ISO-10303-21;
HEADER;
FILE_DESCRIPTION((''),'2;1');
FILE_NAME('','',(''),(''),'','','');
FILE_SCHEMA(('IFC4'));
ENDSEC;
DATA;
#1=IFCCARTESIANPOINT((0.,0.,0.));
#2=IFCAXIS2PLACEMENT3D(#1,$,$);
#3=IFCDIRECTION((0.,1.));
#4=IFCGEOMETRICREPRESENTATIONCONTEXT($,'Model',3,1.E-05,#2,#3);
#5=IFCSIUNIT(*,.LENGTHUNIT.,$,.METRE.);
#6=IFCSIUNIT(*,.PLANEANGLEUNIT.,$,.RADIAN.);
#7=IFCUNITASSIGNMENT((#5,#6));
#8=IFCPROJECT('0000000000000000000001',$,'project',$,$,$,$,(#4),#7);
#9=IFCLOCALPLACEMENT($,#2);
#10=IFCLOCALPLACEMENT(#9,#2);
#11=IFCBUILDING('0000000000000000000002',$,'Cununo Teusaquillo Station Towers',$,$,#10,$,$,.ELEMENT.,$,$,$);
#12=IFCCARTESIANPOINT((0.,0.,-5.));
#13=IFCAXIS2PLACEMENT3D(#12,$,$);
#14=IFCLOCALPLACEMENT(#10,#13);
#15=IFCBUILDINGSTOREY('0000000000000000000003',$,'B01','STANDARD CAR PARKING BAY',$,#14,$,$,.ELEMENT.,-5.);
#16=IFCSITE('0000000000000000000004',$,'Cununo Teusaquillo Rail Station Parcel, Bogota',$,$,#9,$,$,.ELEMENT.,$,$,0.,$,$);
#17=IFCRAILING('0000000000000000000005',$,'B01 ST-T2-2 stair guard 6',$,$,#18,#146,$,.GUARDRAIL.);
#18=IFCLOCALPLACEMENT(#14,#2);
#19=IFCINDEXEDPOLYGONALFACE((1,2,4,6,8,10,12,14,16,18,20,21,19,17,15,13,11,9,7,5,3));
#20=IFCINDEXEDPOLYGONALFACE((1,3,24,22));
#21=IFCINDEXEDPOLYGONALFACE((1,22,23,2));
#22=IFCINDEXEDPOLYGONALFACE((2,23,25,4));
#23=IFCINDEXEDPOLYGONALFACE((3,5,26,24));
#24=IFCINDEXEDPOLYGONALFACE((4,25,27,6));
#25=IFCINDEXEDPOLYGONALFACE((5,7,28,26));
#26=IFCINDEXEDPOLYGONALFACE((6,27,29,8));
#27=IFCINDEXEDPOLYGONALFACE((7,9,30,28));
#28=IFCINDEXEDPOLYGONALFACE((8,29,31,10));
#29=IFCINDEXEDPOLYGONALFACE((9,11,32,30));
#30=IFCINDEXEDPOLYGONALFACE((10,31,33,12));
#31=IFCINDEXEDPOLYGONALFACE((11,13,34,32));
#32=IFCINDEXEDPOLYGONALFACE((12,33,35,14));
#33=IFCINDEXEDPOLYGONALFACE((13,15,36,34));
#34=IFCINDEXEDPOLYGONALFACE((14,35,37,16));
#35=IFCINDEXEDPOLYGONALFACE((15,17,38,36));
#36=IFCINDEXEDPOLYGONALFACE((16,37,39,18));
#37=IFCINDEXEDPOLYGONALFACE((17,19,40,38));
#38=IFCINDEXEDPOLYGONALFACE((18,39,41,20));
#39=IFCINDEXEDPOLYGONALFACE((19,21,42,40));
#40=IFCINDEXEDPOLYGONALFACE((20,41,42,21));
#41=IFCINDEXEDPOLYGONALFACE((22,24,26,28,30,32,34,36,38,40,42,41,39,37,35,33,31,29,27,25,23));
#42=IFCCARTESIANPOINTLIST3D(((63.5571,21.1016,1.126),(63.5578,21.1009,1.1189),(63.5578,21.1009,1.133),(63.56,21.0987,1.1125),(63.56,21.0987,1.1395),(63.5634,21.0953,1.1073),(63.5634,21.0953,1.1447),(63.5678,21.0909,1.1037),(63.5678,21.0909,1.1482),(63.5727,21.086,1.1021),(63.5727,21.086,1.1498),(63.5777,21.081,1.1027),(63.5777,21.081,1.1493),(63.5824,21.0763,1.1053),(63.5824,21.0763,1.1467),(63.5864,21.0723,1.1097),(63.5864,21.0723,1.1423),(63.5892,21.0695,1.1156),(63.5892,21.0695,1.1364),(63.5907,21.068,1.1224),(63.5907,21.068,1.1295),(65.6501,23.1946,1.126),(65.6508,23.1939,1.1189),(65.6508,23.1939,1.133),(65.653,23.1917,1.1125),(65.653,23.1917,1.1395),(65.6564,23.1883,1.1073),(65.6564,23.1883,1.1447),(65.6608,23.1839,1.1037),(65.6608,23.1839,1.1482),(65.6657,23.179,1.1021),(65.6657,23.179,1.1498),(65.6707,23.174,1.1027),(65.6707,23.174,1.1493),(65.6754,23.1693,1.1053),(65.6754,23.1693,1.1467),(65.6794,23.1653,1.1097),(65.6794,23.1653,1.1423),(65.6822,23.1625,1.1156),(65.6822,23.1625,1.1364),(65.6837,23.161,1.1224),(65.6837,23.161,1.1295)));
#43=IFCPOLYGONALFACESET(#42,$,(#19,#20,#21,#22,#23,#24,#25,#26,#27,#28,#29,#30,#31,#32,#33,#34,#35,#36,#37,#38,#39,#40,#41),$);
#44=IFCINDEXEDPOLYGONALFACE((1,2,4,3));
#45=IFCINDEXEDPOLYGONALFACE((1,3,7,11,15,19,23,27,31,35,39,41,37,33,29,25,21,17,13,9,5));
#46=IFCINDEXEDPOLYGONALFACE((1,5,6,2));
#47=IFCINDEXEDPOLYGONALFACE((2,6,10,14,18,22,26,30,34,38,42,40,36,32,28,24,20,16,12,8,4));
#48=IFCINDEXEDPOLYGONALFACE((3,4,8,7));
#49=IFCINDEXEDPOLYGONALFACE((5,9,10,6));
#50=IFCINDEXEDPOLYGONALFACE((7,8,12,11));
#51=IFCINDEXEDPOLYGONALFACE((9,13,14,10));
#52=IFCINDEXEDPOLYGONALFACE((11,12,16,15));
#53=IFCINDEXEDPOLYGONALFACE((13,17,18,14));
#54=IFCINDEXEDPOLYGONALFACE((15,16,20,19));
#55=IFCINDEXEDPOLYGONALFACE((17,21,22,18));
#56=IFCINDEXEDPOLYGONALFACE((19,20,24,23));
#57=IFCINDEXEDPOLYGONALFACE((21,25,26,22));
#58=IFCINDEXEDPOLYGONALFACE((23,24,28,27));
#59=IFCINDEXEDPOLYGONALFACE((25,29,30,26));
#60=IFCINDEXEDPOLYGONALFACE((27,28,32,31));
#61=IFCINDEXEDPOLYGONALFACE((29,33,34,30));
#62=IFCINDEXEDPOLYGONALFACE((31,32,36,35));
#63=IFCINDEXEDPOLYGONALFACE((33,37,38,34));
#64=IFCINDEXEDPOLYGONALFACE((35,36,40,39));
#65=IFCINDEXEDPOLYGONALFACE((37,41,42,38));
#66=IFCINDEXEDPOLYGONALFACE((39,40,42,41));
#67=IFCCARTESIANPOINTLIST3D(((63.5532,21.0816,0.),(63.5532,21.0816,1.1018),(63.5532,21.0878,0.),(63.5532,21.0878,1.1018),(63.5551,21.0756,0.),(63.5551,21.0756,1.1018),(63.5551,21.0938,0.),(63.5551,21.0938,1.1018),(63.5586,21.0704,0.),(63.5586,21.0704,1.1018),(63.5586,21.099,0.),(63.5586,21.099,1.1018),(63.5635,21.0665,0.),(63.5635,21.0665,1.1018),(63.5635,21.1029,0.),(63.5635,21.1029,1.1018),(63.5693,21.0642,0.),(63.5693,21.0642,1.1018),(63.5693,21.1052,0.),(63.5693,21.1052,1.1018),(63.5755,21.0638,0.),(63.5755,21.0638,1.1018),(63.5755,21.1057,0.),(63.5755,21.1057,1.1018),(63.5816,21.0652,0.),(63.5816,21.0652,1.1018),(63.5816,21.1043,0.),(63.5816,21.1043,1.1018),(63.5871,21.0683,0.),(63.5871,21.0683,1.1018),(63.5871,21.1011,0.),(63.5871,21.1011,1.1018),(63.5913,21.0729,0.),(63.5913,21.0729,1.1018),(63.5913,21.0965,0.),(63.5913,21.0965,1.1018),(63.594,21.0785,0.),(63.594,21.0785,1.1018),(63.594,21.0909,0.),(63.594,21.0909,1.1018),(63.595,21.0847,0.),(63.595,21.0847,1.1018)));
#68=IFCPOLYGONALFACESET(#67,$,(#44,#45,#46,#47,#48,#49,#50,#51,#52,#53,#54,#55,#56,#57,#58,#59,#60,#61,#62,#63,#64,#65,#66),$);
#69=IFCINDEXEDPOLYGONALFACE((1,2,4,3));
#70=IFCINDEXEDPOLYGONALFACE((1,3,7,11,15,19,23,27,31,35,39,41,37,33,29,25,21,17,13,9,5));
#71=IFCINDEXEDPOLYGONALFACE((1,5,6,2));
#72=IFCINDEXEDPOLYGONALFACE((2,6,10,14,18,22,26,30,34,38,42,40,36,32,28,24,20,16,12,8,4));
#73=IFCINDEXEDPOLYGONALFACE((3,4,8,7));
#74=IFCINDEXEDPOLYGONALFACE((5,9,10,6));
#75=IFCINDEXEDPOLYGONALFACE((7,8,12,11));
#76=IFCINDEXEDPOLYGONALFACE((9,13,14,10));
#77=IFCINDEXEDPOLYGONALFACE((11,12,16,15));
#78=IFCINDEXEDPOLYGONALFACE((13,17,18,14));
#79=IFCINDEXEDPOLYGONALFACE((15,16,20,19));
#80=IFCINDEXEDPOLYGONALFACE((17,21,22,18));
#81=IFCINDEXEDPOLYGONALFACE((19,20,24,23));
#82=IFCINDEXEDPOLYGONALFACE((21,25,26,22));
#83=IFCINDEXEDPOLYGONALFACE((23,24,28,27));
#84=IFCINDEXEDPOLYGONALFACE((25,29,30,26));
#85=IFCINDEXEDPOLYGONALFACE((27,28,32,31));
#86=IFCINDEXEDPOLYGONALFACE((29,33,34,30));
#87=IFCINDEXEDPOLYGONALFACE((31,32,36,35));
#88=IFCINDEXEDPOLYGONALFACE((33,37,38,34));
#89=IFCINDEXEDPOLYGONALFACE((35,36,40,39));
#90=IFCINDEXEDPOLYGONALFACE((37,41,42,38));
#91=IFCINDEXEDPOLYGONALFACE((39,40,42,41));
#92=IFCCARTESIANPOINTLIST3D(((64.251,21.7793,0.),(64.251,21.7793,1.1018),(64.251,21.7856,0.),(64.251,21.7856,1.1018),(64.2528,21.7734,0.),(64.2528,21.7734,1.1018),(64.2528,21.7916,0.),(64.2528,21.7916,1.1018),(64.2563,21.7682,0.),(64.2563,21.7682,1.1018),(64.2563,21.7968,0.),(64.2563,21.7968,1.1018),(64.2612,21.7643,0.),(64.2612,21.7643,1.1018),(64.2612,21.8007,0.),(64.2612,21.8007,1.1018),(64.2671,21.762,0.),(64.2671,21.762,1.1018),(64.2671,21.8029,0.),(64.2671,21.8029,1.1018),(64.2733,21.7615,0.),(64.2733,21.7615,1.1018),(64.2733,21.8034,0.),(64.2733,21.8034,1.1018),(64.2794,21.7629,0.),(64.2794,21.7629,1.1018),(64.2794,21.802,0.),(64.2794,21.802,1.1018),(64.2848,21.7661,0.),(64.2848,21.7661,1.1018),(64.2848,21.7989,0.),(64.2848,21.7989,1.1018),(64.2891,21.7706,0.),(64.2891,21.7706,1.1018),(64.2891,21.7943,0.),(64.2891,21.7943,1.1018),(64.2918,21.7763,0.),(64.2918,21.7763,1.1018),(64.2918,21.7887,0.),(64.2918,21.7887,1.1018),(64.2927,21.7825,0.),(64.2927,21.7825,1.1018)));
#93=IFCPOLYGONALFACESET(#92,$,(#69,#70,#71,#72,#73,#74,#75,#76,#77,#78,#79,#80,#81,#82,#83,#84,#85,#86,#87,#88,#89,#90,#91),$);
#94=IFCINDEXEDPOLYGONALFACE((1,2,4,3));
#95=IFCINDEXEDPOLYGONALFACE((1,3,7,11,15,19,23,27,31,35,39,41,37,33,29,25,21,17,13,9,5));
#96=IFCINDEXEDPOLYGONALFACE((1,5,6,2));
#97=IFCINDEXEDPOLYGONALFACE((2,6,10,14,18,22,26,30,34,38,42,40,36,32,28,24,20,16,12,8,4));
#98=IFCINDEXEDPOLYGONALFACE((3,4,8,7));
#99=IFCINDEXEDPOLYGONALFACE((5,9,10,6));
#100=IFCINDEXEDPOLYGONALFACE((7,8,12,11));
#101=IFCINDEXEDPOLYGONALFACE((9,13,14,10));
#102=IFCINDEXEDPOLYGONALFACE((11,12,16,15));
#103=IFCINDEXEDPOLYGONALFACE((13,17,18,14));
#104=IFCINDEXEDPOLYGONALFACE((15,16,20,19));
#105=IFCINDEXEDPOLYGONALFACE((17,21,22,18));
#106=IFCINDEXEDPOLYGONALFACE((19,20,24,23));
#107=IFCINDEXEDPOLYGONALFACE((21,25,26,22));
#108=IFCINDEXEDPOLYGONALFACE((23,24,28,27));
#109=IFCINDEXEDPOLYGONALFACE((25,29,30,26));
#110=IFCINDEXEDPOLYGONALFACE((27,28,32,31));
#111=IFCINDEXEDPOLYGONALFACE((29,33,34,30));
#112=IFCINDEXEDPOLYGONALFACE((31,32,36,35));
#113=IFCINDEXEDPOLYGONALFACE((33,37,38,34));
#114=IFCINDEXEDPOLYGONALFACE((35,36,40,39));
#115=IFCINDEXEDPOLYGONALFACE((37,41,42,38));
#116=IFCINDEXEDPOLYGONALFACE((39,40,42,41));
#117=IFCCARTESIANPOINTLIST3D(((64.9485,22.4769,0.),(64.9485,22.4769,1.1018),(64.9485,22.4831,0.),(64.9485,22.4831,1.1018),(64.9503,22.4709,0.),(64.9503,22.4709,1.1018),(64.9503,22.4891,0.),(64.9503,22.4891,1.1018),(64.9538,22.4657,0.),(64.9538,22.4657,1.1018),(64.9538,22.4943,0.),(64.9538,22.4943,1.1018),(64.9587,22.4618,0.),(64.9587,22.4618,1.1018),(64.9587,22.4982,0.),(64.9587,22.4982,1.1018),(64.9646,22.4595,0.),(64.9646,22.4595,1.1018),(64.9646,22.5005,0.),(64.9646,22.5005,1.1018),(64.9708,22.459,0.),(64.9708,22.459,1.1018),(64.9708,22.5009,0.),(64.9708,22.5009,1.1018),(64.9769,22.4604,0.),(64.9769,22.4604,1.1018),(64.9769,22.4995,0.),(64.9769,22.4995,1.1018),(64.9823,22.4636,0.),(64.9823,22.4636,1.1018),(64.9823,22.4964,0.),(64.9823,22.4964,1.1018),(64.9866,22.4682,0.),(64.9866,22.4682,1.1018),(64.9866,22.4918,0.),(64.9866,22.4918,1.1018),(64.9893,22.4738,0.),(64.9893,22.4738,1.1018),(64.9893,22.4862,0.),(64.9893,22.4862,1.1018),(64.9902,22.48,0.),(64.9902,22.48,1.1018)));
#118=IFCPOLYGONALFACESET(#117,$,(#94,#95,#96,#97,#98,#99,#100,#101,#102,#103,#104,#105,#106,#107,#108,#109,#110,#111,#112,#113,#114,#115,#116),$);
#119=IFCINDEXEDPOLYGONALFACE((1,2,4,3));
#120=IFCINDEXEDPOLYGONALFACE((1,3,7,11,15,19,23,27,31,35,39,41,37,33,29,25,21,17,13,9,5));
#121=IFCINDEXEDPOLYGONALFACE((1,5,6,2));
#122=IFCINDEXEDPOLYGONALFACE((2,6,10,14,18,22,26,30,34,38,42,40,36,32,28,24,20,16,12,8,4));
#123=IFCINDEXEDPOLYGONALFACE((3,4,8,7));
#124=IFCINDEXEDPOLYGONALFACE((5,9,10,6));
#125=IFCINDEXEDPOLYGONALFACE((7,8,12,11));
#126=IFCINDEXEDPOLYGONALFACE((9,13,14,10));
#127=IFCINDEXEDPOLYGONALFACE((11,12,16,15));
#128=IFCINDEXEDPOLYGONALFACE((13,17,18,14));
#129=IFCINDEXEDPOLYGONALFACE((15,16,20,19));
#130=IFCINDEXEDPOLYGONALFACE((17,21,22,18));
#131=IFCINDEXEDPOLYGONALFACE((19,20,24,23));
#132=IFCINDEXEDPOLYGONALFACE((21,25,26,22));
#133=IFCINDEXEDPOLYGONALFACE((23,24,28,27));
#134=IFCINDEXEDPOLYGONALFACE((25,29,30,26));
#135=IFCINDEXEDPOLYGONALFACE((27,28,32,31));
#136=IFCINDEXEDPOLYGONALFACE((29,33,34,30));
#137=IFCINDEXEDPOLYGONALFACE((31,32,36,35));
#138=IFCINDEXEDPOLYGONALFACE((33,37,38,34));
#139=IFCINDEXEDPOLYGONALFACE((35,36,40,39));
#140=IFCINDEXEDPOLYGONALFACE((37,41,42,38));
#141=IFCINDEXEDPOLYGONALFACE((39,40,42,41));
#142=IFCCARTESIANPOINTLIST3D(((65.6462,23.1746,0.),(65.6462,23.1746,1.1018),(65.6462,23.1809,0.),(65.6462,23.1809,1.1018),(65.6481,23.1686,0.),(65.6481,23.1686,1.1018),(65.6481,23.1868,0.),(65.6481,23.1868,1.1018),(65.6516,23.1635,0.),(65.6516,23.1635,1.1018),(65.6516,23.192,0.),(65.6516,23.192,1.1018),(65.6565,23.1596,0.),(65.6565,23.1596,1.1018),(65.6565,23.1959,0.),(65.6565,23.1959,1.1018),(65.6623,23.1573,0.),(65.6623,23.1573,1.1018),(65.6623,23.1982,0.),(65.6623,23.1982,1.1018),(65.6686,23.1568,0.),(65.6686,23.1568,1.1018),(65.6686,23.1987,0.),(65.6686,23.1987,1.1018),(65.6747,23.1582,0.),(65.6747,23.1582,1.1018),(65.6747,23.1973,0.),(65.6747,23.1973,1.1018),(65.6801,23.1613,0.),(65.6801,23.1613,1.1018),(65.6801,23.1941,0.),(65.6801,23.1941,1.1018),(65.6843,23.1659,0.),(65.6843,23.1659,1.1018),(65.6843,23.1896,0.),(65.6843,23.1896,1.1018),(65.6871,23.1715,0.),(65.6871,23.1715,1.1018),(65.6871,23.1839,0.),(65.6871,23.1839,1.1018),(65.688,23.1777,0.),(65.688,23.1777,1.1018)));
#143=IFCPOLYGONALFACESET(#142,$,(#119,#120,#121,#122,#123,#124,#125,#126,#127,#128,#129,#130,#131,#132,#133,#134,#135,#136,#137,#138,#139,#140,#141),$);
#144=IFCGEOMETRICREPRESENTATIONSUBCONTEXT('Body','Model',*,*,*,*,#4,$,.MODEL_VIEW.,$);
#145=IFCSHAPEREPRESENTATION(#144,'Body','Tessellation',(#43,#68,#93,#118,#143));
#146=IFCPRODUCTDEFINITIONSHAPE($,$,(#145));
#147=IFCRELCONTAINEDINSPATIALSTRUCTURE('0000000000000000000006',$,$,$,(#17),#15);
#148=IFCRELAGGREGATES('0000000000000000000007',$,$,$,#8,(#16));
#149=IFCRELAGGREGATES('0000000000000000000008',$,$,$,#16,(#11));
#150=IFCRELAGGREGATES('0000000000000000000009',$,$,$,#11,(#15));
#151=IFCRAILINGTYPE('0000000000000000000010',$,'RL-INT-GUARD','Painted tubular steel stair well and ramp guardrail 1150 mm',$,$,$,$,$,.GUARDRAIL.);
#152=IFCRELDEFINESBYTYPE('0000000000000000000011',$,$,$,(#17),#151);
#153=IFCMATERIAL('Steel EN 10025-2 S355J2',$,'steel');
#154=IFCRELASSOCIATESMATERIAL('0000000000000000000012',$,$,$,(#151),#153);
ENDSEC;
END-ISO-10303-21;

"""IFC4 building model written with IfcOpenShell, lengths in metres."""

from ifc_helpers import new_model, si_unit, direction, frame, origin, origin_2d, place, context, subcontext, project, spatial, circle, extrude, material, type_object, element, save


model = new_model("IFC4")

# Units and contexts
model_context = context("Model", 3, precision=1e-05, world=origin(), true_north=direction((0.0, 1.0)))
body_context = subcontext(model_context, "Body", "Model", "MODEL_VIEW")
ifc_project = project(units=[si_unit("LENGTHUNIT", "METRE"), si_unit("PLANEANGLEUNIT", "RADIAN")], contexts=[model_context])

# Site, building, storey
site_placement = place(None, origin())
site = spatial("IfcSite", under=ifc_project, at=site_placement, Name="Cununo Teusaquillo Rail Station Parcel, Bogota", CompositionType="ELEMENT", RefElevation=0.0)
building_placement = place(site_placement, origin())
building = spatial("IfcBuilding", under=site, at=building_placement, Name="Cununo Teusaquillo Station Towers", CompositionType="ELEMENT")
storey_placement = place(building_placement, frame((0.0, 0.0, -5.0)))
storey = spatial("IfcBuildingStorey", under=building, at=storey_placement, Name="B01", Description="STANDARD CAR PARKING BAY", CompositionType="ELEMENT", Elevation=-5.0)

# Railing
ifc_material_1 = material(Name="Steel EN 10025-2 S355J2", Category="steel")
railing_type = type_object("IfcRailingType", Name="RL-INT-GUARD", Description="Painted tubular steel stair well and ramp guardrail 1150 mm", PredefinedType="GUARDRAIL", material=ifc_material_1)
railing_1_placement = place(storey_placement, frame((63.574, 21.0847, 0.0)))
element("IfcRailing", 1, at=railing_1_placement, inside=storey, type_object=railing_type, Name="B01 ST-T2-2 stair guard 6", PredefinedType="GUARDRAIL", context=body_context, shape_type="SweptSolid", body=[
    extrude(circle(Radius=0.0239, at=origin_2d()), frame((0.0, 0.0, 1.126), z_axis=(0.707107, 0.707107, 0.0), x_axis=(-0.707107, 0.707107, 0.0)), (0.0, 0.0, 1.0), 2.96),
    extrude(circle(Radius=0.021, at=origin_2d()), origin(), (0.0, 0.0, 1.0), 1.1018),
    extrude(circle(Radius=0.021, at=origin_2d()), frame((0.6978, 0.6978, 0.0)), (0.0, 0.0, 1.0), 1.1018),
    extrude(circle(Radius=0.021, at=origin_2d()), frame((1.3953, 1.3953, 0.0)), (0.0, 0.0, 1.0), 1.1018),
    extrude(circle(Radius=0.021, at=origin_2d()), frame((2.093, 2.093, 0.0)), (0.0, 0.0, 1.0), 1.1018),
])

save(model, "model.ifc")
